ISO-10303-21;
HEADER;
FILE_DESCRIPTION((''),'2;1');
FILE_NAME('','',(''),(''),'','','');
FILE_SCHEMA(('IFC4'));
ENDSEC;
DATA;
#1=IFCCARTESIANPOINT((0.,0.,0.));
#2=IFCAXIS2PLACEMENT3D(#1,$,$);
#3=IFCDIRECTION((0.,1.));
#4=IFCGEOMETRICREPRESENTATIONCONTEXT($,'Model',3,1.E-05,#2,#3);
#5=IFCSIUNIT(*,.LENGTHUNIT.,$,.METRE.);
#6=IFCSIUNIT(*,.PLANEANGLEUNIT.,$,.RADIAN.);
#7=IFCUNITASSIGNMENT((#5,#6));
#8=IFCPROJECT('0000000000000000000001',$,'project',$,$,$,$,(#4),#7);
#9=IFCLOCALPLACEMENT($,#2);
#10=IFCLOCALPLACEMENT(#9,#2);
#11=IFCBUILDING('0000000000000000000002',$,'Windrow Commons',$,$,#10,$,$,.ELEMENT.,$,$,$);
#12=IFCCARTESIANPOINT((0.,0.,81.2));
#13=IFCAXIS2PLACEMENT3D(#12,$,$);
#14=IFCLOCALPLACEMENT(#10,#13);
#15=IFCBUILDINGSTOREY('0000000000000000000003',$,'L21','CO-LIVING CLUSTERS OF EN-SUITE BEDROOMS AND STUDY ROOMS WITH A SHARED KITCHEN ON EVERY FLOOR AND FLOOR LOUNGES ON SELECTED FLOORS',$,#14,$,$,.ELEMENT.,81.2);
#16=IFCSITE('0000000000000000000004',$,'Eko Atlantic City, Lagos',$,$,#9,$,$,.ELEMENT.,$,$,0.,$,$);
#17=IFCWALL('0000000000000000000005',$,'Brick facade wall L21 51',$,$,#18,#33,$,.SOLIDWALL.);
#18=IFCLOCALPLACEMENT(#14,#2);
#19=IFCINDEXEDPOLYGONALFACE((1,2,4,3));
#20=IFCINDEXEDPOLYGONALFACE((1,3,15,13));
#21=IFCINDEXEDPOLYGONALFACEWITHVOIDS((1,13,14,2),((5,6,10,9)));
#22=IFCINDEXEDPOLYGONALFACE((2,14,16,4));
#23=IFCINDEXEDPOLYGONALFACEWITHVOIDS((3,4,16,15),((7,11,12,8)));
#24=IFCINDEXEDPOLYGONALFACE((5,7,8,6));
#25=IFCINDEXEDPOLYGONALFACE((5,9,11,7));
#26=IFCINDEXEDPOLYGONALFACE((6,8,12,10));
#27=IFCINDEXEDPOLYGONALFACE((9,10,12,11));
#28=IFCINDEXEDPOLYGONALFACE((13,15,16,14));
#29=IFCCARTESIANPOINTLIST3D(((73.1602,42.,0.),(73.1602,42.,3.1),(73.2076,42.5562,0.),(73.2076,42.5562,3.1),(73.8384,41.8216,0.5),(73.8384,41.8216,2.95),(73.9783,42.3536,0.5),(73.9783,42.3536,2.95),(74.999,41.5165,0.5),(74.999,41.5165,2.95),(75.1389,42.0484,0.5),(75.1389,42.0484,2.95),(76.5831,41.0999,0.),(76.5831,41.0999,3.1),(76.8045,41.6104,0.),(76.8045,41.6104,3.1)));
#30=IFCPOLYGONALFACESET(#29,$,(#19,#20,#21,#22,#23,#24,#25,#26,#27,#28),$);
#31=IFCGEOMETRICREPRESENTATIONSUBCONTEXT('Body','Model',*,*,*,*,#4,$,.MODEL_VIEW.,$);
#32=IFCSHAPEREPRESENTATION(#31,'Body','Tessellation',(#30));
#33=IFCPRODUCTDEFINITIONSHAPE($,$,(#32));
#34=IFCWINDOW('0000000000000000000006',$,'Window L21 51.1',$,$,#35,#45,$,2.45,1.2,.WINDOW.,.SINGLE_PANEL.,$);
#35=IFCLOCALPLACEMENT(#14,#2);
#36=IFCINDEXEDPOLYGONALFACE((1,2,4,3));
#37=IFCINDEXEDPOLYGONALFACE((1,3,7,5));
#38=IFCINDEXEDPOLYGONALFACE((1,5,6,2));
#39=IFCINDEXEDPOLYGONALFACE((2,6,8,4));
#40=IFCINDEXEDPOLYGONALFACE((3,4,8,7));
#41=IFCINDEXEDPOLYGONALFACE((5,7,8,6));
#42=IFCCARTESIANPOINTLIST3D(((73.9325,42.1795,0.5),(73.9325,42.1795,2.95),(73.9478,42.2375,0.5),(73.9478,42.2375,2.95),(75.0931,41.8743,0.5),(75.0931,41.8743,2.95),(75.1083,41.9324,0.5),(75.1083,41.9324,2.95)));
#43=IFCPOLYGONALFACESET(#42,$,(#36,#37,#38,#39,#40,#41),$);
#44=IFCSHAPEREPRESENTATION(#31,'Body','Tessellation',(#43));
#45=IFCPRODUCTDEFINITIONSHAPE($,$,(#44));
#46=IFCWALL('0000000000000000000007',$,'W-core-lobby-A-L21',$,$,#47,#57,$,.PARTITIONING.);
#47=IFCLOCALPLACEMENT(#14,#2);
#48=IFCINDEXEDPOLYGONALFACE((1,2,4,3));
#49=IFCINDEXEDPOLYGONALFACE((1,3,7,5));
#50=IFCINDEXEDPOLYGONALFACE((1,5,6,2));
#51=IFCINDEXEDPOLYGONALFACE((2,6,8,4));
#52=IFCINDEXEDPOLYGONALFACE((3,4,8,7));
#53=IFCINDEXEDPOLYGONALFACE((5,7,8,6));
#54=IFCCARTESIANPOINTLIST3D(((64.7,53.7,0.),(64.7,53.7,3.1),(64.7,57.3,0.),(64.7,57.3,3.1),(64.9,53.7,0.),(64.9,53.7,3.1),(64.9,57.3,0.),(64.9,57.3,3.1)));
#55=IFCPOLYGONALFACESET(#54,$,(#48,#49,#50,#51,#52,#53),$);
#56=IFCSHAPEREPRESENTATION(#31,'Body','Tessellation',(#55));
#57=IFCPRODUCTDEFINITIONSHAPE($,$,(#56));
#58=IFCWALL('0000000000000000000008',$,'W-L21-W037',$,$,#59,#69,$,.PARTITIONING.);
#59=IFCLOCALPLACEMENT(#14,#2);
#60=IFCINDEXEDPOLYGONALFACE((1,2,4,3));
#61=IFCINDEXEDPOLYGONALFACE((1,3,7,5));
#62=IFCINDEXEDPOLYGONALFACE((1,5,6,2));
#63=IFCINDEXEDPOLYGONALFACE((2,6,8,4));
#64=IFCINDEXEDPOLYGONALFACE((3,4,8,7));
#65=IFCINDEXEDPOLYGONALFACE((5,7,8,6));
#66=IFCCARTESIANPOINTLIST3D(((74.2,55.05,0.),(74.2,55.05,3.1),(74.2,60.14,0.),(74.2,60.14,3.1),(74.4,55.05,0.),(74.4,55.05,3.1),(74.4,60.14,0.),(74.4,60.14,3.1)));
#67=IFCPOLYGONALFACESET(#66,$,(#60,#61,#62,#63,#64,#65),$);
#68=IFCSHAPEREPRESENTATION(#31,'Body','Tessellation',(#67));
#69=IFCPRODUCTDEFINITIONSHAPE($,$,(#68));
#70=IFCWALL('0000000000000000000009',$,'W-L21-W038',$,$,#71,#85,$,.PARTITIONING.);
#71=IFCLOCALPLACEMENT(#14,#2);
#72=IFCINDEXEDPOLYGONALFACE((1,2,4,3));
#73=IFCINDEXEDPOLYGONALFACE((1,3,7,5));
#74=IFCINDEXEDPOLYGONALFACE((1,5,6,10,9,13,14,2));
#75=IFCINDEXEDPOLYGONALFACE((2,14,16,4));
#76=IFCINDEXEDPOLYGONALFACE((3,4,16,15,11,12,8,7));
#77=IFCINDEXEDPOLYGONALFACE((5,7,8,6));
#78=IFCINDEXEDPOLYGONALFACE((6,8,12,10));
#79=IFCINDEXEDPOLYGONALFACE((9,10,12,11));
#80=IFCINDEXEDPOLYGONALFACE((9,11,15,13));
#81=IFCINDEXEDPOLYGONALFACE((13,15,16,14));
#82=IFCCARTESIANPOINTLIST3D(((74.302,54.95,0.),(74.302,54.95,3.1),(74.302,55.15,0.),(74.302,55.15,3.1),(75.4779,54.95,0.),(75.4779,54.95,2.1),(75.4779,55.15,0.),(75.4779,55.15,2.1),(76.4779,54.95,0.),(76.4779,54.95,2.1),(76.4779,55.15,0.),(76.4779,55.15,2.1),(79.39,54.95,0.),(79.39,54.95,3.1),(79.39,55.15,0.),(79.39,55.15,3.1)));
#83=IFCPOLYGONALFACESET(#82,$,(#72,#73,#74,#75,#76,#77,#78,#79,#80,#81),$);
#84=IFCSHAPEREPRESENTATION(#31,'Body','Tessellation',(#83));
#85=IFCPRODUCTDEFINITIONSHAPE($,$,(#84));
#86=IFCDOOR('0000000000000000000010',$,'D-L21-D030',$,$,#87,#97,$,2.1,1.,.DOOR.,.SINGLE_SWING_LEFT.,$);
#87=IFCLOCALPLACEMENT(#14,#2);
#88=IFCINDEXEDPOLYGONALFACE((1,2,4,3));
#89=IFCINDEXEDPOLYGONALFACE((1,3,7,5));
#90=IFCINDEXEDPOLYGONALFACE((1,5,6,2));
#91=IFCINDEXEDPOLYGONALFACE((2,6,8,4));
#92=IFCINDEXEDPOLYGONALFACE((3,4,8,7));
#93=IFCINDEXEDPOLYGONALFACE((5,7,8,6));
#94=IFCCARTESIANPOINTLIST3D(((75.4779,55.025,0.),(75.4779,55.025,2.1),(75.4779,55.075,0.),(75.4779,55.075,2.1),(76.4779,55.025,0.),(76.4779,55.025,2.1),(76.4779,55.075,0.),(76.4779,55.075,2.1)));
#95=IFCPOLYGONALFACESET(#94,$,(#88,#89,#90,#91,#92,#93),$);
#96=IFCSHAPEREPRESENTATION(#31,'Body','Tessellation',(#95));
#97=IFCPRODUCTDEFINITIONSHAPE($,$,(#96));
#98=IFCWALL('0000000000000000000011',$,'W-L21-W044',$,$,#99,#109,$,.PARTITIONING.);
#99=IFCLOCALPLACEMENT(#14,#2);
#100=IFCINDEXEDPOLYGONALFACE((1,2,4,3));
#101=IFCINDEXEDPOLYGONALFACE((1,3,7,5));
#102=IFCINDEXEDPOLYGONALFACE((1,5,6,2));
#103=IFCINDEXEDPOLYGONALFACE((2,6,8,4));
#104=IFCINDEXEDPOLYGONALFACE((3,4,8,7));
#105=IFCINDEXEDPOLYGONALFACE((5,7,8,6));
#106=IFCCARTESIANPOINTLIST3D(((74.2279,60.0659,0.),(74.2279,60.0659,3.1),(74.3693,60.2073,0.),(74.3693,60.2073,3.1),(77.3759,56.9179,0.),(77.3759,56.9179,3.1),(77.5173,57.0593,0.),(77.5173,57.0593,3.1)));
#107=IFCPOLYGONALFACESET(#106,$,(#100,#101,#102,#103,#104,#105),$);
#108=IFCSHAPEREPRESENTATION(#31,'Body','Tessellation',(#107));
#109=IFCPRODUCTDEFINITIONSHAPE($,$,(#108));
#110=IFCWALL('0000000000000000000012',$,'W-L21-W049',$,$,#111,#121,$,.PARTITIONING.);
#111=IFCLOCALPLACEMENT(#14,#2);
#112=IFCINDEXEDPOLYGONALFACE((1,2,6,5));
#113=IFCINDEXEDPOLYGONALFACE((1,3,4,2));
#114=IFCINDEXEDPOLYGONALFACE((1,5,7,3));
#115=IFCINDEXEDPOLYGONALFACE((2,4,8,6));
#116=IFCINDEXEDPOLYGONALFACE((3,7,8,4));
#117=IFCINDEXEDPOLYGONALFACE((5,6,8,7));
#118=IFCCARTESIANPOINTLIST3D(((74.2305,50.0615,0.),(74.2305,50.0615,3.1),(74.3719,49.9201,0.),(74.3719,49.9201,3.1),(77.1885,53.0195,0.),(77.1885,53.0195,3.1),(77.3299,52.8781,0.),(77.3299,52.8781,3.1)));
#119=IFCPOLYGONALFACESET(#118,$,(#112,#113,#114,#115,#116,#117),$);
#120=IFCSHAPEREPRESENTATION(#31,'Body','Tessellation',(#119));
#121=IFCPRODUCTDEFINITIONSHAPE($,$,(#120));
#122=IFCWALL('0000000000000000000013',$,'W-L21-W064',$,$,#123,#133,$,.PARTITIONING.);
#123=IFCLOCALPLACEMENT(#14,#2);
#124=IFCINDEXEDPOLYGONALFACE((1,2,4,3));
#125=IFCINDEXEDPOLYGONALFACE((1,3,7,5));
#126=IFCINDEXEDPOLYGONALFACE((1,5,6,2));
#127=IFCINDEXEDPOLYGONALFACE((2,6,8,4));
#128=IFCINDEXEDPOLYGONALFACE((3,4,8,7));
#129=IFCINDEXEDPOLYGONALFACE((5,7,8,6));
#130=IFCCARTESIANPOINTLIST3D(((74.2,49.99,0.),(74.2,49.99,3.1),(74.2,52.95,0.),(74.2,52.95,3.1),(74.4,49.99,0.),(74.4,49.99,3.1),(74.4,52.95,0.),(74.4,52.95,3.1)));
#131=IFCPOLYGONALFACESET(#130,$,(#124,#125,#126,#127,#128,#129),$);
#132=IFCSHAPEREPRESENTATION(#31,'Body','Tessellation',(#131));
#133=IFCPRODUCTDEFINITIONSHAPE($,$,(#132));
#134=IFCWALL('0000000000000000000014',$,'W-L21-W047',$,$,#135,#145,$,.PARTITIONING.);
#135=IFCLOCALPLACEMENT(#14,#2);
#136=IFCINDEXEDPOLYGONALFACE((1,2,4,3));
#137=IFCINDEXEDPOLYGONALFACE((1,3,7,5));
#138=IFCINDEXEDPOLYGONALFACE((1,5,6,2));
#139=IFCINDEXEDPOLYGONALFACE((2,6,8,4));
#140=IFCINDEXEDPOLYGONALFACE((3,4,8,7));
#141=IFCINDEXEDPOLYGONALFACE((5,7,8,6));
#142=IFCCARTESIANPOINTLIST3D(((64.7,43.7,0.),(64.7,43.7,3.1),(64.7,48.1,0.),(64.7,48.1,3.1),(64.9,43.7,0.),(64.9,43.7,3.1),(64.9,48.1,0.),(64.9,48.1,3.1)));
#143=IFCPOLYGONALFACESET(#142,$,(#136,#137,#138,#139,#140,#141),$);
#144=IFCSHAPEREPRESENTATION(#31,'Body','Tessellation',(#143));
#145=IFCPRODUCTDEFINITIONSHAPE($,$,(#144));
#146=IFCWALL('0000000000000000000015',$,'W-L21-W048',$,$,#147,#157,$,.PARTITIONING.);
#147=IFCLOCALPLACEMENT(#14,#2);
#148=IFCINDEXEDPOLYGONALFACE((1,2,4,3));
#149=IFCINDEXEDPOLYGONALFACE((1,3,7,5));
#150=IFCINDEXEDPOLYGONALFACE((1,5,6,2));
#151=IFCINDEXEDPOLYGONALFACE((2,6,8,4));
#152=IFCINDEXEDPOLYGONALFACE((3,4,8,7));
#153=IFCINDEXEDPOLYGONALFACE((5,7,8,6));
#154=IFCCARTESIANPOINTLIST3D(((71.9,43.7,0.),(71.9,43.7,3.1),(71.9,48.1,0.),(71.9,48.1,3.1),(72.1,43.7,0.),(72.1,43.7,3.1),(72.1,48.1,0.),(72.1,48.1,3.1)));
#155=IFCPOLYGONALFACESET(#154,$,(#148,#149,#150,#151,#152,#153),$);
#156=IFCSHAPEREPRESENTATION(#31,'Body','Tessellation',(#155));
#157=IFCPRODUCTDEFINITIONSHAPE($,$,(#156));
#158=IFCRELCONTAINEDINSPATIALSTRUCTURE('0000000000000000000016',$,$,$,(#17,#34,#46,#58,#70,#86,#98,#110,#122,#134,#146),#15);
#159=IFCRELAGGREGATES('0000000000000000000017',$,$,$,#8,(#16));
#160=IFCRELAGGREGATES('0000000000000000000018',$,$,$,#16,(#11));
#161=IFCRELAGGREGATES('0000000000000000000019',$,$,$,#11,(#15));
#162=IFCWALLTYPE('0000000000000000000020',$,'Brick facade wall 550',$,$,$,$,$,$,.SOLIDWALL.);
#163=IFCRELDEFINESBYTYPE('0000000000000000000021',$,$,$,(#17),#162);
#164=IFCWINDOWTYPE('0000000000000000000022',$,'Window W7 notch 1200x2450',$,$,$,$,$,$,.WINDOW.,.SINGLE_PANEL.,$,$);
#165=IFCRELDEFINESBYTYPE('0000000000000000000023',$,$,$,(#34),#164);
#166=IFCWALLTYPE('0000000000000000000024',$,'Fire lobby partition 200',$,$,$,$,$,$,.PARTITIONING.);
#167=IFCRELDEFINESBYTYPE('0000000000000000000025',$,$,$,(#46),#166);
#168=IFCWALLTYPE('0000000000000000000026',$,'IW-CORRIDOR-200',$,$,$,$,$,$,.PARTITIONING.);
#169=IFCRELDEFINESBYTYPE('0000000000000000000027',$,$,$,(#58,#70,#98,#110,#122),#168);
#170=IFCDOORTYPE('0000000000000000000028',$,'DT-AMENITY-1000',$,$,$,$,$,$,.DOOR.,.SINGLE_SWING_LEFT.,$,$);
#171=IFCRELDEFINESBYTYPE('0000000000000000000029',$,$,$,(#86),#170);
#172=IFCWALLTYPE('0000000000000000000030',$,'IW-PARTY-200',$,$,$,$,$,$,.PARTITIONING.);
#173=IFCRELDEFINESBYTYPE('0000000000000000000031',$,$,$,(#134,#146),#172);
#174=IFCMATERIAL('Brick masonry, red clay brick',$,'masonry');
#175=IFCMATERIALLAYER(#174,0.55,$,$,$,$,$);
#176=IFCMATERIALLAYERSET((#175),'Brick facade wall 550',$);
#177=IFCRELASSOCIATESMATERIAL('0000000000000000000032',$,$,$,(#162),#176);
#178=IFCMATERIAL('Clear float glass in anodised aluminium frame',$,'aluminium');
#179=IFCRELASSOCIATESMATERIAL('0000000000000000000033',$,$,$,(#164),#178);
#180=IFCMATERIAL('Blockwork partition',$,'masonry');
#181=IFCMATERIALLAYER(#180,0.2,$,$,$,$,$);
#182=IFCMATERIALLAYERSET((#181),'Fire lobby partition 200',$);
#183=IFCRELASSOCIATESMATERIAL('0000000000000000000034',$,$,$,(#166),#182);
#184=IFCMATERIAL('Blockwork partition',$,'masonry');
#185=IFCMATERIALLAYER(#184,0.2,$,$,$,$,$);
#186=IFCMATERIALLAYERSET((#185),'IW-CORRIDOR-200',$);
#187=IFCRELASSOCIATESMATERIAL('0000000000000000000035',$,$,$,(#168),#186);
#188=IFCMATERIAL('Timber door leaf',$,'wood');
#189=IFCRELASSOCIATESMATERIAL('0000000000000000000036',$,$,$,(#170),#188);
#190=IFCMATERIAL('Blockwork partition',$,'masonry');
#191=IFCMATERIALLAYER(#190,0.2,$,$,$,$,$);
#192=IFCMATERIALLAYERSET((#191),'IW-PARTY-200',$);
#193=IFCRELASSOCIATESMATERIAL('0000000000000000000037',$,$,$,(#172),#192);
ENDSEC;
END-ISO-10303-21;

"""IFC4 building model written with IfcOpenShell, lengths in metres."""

from ifc_helpers import new_model, si_unit, direction, frame, frame_2d, origin, place, context, subcontext, project, spatial, polyline, rectangle, outline, extrude, material, layer, layer_set, type_object, element, fill, save


model = new_model("IFC4")

# Units and contexts
model_context = context("Model", 3, precision=1e-05, world=origin(), true_north=direction((0.0, 1.0)))
body_context = subcontext(model_context, "Body", "Model", "MODEL_VIEW")
ifc_project = project(units=[si_unit("LENGTHUNIT", "METRE"), si_unit("PLANEANGLEUNIT", "RADIAN")], contexts=[model_context])

# Site, building, storey
site_placement = place(None, origin())
site = spatial("IfcSite", under=ifc_project, at=site_placement, Name="Eko Atlantic City, Lagos", CompositionType="ELEMENT", RefElevation=0.0)
building_placement = place(site_placement, origin())
building = spatial("IfcBuilding", under=site, at=building_placement, Name="Windrow Commons", CompositionType="ELEMENT")
storey_placement = place(building_placement, frame((0.0, 0.0, 81.2)))
storey = spatial("IfcBuildingStorey", under=building, at=storey_placement, Name="L21", Description="CO-LIVING CLUSTERS OF EN-SUITE BEDROOMS AND STUDY ROOMS WITH A SHARED KITCHEN ON EVERY FLOOR AND FLOOR LOUNGES ON SELECTED FLOORS", CompositionType="ELEMENT", Elevation=81.2)

# Wall, opening, window
ifc_material_1 = material(Name="Brick masonry, red clay brick", Category="masonry")
ifc_layer_1 = layer(ifc_material_1, 0.55)
ifc_layer_set_1 = layer_set([ifc_layer_1], Name="Brick facade wall 550")
wall_type_1 = type_object("IfcWallType", Name="Brick facade wall 550", PredefinedType="SOLIDWALL", material=ifc_layer_set_1)
ifc_material_2 = material(Name="Clear float glass in anodised aluminium frame", Category="aluminium")
window_type = type_object("IfcWindowType", Name="Window W7 notch 1200x2450", PartitioningType="SINGLE_PANEL", PredefinedType="WINDOW", material=ifc_material_2)
wall_1_placement = place(storey_placement, frame((73.1839, 42.2781, 0.0), z_axis=(0.0, 0.0, 1.0), x_axis=(0.967126, -0.254298, 0.0)))
wall_1 = element("IfcWall", 1, at=wall_1_placement, inside=storey, type_object=wall_type_1, Name="Brick facade wall L21 51", PredefinedType="SOLIDWALL", context=body_context, shape_type="SweptSolid", body=[
    extrude(outline(polyline([(0.0478, -0.275), (3.5871, -0.275), (3.6714, 0.275), (-0.0478, 0.275), (0.0478, -0.275)])), origin(), (0.0, 0.0, 1.0), 3.1),
])
opening_1_placement = place(wall_1_placement, frame((0.7491, 0.0, 0.5)))
opening_1 = element("IfcOpeningElement", 2, at=opening_1_placement, cuts=wall_1, PredefinedType="OPENING", context=body_context, shape_type="SweptSolid", body=[
    extrude(rectangle(XDim=1.2, YDim=2.45, at=frame_2d((0.6, 1.225))), frame((0.0, 0.285, 0.0), z_axis=(0.0, -1.0, 0.0), x_axis=(1.0, 0.0, 0.0)), (0.0, 0.0, 1.0), 0.57),
])
window_1_placement = place(opening_1_placement, origin())
window_1 = element("IfcWindow", 3, at=window_1_placement, inside=storey, type_object=window_type, Name="Window L21 51.1", OverallHeight=2.45, OverallWidth=1.2, PartitioningType="SINGLE_PANEL", PredefinedType="WINDOW", context=body_context, shape_type="SweptSolid", body=[
    extrude(rectangle(XDim=1.2, YDim=2.45, at=frame_2d((0.6, 1.225))), frame((0.0, 0.155, 0.0), z_axis=(0.0, -1.0, 0.0), x_axis=(1.0, 0.0, 0.0)), (0.0, 0.0, 1.0), 0.06),
])
fill(opening_1, window_1)

# Walls
ifc_material_3 = material(Name="Blockwork partition", Category="masonry")
ifc_layer_2 = layer(ifc_material_3, 0.2)
ifc_layer_set_2 = layer_set([ifc_layer_2], Name="Fire lobby partition 200")
wall_type_2 = type_object("IfcWallType", Name="Fire lobby partition 200", PredefinedType="PARTITIONING", material=ifc_layer_set_2)
wall_2_placement = place(storey_placement, frame((64.8, 53.7, 0.0), z_axis=(0.0, 0.0, 1.0), x_axis=(0.0, 1.0, 0.0)))
element("IfcWall", 4, at=wall_2_placement, inside=storey, type_object=wall_type_2, Name="W-core-lobby-A-L21", PredefinedType="PARTITIONING", context=body_context, shape_type="SweptSolid", body=[
    extrude(rectangle(XDim=3.6, YDim=0.2, at=frame_2d((1.8, 0.0))), origin(), (0.0, 0.0, 1.0), 3.1),
])
ifc_material_4 = material(Name="Blockwork partition", Category="masonry")
ifc_layer_3 = layer(ifc_material_4, 0.2)
ifc_layer_set_3 = layer_set([ifc_layer_3], Name="IW-CORRIDOR-200")
wall_type_3 = type_object("IfcWallType", Name="IW-CORRIDOR-200", PredefinedType="PARTITIONING", material=ifc_layer_set_3)
wall_3_placement = place(storey_placement, frame((74.3, 55.05, 0.0), z_axis=(0.0, 0.0, 1.0), x_axis=(0.0, 1.0, 0.0)))
element("IfcWall", 5, at=wall_3_placement, inside=storey, type_object=wall_type_3, Name="W-L21-W037", PredefinedType="PARTITIONING", context=body_context, shape_type="SweptSolid", body=[
    extrude(rectangle(XDim=5.09, YDim=0.2, at=frame_2d((2.545, 0.0))), origin(), (0.0, 0.0, 1.0), 3.1),
])

# Wall, opening, door
wall_4_placement = place(storey_placement, frame((74.302, 55.05, 0.0), z_axis=(0.0, 0.0, 1.0), x_axis=(1.0, 0.0, 0.0)))
wall_4 = element("IfcWall", 6, at=wall_4_placement, inside=storey, type_object=wall_type_3, Name="W-L21-W038", PredefinedType="PARTITIONING", context=body_context, shape_type="SweptSolid", body=[
    extrude(rectangle(XDim=5.088, YDim=0.2, at=frame_2d((2.544, 0.0))), origin(), (0.0, 0.0, 1.0), 3.1),
])
opening_2_placement = place(wall_4_placement, frame((1.1759, 0.0, 0.0)))
opening_2 = element("IfcOpeningElement", 7, at=opening_2_placement, cuts=wall_4, PredefinedType="OPENING", context=body_context, shape_type="SweptSolid", body=[
    extrude(rectangle(XDim=1.0, YDim=2.1, at=frame_2d((0.5, 1.05))), frame((0.0, 0.11, 0.0), z_axis=(0.0, -1.0, 0.0), x_axis=(1.0, 0.0, 0.0)), (0.0, 0.0, 1.0), 0.22),
])
ifc_material_5 = material(Name="Timber door leaf", Category="wood")
door_type_1 = type_object("IfcDoorType", Name="DT-AMENITY-1000", OperationType="SINGLE_SWING_LEFT", PredefinedType="DOOR", material=ifc_material_5)
door_1_placement = place(opening_2_placement, origin())
door_1 = element("IfcDoor", 8, at=door_1_placement, inside=storey, type_object=door_type_1, Name="D-L21-D030", OperationType="SINGLE_SWING_LEFT", OverallHeight=2.1, OverallWidth=1.0, PredefinedType="DOOR", context=body_context, shape_type="SweptSolid", body=[
    extrude(rectangle(XDim=1.0, YDim=2.1, at=frame_2d((0.5, 1.05))), frame((0.0, 0.025, 0.0), z_axis=(0.0, -1.0, 0.0), x_axis=(1.0, 0.0, 0.0)), (0.0, 0.0, 1.0), 0.05),
])
fill(opening_2, door_1)

# Walls
wall_5_placement = place(storey_placement, frame((74.2986, 60.1366, 0.0), z_axis=(0.0, 0.0, 1.0), x_axis=(0.707107, -0.707107, 0.0)))
element("IfcWall", 9, at=wall_5_placement, inside=storey, type_object=wall_type_3, Name="W-L21-W044", PredefinedType="PARTITIONING", context=body_context, shape_type="SweptSolid", body=[
    extrude(rectangle(XDim=4.4519, YDim=0.2, at=frame_2d((2.226, 0.0))), origin(), (0.0, 0.0, 1.0), 3.1),
])
wall_6_placement = place(storey_placement, frame((74.3012, 49.9908, 0.0), z_axis=(0.0, 0.0, 1.0), x_axis=(0.707107, 0.707107, 0.0)))
element("IfcWall", 10, at=wall_6_placement, inside=storey, type_object=wall_type_3, Name="W-L21-W049", PredefinedType="PARTITIONING", context=body_context, shape_type="SweptSolid", body=[
    extrude(rectangle(XDim=4.1832, YDim=0.2, at=frame_2d((2.0916, 0.0))), origin(), (0.0, 0.0, 1.0), 3.1),
])
wall_7_placement = place(storey_placement, frame((74.3, 49.99, 0.0), z_axis=(0.0, 0.0, 1.0), x_axis=(0.0, 1.0, 0.0)))
element("IfcWall", 11, at=wall_7_placement, inside=storey, type_object=wall_type_3, Name="W-L21-W064", PredefinedType="PARTITIONING", context=body_context, shape_type="SweptSolid", body=[
    extrude(rectangle(XDim=2.96, YDim=0.2, at=frame_2d((1.48, 0.0))), origin(), (0.0, 0.0, 1.0), 3.1),
])
ifc_material_6 = material(Name="Blockwork partition", Category="masonry")
ifc_layer_4 = layer(ifc_material_6, 0.2)
ifc_layer_set_4 = layer_set([ifc_layer_4], Name="IW-PARTY-200")
wall_type_4 = type_object("IfcWallType", Name="IW-PARTY-200", PredefinedType="PARTITIONING", material=ifc_layer_set_4)
for number, where, z_axis, x_axis, name in (
    (12, (64.8, 43.7, 0.0), (0.0, 0.0, 1.0), (0.0, 1.0, 0.0), "W-L21-W047"),
    (13, (72.0, 43.7, 0.0), (0.0, 0.0, 1.0), (0.0, 1.0, 0.0), "W-L21-W048"),
):
    element("IfcWall", number, at=place(storey_placement, frame(where, z_axis=z_axis, x_axis=x_axis)), inside=storey, type_object=wall_type_4, Name=name, PredefinedType="PARTITIONING", context=body_context, shape_type="SweptSolid", body=[
        extrude(rectangle(XDim=4.4, YDim=0.2, at=frame_2d((2.2, 0.0))), origin(), (0.0, 0.0, 1.0), 3.1),
    ])

save(model, "model.ifc")
